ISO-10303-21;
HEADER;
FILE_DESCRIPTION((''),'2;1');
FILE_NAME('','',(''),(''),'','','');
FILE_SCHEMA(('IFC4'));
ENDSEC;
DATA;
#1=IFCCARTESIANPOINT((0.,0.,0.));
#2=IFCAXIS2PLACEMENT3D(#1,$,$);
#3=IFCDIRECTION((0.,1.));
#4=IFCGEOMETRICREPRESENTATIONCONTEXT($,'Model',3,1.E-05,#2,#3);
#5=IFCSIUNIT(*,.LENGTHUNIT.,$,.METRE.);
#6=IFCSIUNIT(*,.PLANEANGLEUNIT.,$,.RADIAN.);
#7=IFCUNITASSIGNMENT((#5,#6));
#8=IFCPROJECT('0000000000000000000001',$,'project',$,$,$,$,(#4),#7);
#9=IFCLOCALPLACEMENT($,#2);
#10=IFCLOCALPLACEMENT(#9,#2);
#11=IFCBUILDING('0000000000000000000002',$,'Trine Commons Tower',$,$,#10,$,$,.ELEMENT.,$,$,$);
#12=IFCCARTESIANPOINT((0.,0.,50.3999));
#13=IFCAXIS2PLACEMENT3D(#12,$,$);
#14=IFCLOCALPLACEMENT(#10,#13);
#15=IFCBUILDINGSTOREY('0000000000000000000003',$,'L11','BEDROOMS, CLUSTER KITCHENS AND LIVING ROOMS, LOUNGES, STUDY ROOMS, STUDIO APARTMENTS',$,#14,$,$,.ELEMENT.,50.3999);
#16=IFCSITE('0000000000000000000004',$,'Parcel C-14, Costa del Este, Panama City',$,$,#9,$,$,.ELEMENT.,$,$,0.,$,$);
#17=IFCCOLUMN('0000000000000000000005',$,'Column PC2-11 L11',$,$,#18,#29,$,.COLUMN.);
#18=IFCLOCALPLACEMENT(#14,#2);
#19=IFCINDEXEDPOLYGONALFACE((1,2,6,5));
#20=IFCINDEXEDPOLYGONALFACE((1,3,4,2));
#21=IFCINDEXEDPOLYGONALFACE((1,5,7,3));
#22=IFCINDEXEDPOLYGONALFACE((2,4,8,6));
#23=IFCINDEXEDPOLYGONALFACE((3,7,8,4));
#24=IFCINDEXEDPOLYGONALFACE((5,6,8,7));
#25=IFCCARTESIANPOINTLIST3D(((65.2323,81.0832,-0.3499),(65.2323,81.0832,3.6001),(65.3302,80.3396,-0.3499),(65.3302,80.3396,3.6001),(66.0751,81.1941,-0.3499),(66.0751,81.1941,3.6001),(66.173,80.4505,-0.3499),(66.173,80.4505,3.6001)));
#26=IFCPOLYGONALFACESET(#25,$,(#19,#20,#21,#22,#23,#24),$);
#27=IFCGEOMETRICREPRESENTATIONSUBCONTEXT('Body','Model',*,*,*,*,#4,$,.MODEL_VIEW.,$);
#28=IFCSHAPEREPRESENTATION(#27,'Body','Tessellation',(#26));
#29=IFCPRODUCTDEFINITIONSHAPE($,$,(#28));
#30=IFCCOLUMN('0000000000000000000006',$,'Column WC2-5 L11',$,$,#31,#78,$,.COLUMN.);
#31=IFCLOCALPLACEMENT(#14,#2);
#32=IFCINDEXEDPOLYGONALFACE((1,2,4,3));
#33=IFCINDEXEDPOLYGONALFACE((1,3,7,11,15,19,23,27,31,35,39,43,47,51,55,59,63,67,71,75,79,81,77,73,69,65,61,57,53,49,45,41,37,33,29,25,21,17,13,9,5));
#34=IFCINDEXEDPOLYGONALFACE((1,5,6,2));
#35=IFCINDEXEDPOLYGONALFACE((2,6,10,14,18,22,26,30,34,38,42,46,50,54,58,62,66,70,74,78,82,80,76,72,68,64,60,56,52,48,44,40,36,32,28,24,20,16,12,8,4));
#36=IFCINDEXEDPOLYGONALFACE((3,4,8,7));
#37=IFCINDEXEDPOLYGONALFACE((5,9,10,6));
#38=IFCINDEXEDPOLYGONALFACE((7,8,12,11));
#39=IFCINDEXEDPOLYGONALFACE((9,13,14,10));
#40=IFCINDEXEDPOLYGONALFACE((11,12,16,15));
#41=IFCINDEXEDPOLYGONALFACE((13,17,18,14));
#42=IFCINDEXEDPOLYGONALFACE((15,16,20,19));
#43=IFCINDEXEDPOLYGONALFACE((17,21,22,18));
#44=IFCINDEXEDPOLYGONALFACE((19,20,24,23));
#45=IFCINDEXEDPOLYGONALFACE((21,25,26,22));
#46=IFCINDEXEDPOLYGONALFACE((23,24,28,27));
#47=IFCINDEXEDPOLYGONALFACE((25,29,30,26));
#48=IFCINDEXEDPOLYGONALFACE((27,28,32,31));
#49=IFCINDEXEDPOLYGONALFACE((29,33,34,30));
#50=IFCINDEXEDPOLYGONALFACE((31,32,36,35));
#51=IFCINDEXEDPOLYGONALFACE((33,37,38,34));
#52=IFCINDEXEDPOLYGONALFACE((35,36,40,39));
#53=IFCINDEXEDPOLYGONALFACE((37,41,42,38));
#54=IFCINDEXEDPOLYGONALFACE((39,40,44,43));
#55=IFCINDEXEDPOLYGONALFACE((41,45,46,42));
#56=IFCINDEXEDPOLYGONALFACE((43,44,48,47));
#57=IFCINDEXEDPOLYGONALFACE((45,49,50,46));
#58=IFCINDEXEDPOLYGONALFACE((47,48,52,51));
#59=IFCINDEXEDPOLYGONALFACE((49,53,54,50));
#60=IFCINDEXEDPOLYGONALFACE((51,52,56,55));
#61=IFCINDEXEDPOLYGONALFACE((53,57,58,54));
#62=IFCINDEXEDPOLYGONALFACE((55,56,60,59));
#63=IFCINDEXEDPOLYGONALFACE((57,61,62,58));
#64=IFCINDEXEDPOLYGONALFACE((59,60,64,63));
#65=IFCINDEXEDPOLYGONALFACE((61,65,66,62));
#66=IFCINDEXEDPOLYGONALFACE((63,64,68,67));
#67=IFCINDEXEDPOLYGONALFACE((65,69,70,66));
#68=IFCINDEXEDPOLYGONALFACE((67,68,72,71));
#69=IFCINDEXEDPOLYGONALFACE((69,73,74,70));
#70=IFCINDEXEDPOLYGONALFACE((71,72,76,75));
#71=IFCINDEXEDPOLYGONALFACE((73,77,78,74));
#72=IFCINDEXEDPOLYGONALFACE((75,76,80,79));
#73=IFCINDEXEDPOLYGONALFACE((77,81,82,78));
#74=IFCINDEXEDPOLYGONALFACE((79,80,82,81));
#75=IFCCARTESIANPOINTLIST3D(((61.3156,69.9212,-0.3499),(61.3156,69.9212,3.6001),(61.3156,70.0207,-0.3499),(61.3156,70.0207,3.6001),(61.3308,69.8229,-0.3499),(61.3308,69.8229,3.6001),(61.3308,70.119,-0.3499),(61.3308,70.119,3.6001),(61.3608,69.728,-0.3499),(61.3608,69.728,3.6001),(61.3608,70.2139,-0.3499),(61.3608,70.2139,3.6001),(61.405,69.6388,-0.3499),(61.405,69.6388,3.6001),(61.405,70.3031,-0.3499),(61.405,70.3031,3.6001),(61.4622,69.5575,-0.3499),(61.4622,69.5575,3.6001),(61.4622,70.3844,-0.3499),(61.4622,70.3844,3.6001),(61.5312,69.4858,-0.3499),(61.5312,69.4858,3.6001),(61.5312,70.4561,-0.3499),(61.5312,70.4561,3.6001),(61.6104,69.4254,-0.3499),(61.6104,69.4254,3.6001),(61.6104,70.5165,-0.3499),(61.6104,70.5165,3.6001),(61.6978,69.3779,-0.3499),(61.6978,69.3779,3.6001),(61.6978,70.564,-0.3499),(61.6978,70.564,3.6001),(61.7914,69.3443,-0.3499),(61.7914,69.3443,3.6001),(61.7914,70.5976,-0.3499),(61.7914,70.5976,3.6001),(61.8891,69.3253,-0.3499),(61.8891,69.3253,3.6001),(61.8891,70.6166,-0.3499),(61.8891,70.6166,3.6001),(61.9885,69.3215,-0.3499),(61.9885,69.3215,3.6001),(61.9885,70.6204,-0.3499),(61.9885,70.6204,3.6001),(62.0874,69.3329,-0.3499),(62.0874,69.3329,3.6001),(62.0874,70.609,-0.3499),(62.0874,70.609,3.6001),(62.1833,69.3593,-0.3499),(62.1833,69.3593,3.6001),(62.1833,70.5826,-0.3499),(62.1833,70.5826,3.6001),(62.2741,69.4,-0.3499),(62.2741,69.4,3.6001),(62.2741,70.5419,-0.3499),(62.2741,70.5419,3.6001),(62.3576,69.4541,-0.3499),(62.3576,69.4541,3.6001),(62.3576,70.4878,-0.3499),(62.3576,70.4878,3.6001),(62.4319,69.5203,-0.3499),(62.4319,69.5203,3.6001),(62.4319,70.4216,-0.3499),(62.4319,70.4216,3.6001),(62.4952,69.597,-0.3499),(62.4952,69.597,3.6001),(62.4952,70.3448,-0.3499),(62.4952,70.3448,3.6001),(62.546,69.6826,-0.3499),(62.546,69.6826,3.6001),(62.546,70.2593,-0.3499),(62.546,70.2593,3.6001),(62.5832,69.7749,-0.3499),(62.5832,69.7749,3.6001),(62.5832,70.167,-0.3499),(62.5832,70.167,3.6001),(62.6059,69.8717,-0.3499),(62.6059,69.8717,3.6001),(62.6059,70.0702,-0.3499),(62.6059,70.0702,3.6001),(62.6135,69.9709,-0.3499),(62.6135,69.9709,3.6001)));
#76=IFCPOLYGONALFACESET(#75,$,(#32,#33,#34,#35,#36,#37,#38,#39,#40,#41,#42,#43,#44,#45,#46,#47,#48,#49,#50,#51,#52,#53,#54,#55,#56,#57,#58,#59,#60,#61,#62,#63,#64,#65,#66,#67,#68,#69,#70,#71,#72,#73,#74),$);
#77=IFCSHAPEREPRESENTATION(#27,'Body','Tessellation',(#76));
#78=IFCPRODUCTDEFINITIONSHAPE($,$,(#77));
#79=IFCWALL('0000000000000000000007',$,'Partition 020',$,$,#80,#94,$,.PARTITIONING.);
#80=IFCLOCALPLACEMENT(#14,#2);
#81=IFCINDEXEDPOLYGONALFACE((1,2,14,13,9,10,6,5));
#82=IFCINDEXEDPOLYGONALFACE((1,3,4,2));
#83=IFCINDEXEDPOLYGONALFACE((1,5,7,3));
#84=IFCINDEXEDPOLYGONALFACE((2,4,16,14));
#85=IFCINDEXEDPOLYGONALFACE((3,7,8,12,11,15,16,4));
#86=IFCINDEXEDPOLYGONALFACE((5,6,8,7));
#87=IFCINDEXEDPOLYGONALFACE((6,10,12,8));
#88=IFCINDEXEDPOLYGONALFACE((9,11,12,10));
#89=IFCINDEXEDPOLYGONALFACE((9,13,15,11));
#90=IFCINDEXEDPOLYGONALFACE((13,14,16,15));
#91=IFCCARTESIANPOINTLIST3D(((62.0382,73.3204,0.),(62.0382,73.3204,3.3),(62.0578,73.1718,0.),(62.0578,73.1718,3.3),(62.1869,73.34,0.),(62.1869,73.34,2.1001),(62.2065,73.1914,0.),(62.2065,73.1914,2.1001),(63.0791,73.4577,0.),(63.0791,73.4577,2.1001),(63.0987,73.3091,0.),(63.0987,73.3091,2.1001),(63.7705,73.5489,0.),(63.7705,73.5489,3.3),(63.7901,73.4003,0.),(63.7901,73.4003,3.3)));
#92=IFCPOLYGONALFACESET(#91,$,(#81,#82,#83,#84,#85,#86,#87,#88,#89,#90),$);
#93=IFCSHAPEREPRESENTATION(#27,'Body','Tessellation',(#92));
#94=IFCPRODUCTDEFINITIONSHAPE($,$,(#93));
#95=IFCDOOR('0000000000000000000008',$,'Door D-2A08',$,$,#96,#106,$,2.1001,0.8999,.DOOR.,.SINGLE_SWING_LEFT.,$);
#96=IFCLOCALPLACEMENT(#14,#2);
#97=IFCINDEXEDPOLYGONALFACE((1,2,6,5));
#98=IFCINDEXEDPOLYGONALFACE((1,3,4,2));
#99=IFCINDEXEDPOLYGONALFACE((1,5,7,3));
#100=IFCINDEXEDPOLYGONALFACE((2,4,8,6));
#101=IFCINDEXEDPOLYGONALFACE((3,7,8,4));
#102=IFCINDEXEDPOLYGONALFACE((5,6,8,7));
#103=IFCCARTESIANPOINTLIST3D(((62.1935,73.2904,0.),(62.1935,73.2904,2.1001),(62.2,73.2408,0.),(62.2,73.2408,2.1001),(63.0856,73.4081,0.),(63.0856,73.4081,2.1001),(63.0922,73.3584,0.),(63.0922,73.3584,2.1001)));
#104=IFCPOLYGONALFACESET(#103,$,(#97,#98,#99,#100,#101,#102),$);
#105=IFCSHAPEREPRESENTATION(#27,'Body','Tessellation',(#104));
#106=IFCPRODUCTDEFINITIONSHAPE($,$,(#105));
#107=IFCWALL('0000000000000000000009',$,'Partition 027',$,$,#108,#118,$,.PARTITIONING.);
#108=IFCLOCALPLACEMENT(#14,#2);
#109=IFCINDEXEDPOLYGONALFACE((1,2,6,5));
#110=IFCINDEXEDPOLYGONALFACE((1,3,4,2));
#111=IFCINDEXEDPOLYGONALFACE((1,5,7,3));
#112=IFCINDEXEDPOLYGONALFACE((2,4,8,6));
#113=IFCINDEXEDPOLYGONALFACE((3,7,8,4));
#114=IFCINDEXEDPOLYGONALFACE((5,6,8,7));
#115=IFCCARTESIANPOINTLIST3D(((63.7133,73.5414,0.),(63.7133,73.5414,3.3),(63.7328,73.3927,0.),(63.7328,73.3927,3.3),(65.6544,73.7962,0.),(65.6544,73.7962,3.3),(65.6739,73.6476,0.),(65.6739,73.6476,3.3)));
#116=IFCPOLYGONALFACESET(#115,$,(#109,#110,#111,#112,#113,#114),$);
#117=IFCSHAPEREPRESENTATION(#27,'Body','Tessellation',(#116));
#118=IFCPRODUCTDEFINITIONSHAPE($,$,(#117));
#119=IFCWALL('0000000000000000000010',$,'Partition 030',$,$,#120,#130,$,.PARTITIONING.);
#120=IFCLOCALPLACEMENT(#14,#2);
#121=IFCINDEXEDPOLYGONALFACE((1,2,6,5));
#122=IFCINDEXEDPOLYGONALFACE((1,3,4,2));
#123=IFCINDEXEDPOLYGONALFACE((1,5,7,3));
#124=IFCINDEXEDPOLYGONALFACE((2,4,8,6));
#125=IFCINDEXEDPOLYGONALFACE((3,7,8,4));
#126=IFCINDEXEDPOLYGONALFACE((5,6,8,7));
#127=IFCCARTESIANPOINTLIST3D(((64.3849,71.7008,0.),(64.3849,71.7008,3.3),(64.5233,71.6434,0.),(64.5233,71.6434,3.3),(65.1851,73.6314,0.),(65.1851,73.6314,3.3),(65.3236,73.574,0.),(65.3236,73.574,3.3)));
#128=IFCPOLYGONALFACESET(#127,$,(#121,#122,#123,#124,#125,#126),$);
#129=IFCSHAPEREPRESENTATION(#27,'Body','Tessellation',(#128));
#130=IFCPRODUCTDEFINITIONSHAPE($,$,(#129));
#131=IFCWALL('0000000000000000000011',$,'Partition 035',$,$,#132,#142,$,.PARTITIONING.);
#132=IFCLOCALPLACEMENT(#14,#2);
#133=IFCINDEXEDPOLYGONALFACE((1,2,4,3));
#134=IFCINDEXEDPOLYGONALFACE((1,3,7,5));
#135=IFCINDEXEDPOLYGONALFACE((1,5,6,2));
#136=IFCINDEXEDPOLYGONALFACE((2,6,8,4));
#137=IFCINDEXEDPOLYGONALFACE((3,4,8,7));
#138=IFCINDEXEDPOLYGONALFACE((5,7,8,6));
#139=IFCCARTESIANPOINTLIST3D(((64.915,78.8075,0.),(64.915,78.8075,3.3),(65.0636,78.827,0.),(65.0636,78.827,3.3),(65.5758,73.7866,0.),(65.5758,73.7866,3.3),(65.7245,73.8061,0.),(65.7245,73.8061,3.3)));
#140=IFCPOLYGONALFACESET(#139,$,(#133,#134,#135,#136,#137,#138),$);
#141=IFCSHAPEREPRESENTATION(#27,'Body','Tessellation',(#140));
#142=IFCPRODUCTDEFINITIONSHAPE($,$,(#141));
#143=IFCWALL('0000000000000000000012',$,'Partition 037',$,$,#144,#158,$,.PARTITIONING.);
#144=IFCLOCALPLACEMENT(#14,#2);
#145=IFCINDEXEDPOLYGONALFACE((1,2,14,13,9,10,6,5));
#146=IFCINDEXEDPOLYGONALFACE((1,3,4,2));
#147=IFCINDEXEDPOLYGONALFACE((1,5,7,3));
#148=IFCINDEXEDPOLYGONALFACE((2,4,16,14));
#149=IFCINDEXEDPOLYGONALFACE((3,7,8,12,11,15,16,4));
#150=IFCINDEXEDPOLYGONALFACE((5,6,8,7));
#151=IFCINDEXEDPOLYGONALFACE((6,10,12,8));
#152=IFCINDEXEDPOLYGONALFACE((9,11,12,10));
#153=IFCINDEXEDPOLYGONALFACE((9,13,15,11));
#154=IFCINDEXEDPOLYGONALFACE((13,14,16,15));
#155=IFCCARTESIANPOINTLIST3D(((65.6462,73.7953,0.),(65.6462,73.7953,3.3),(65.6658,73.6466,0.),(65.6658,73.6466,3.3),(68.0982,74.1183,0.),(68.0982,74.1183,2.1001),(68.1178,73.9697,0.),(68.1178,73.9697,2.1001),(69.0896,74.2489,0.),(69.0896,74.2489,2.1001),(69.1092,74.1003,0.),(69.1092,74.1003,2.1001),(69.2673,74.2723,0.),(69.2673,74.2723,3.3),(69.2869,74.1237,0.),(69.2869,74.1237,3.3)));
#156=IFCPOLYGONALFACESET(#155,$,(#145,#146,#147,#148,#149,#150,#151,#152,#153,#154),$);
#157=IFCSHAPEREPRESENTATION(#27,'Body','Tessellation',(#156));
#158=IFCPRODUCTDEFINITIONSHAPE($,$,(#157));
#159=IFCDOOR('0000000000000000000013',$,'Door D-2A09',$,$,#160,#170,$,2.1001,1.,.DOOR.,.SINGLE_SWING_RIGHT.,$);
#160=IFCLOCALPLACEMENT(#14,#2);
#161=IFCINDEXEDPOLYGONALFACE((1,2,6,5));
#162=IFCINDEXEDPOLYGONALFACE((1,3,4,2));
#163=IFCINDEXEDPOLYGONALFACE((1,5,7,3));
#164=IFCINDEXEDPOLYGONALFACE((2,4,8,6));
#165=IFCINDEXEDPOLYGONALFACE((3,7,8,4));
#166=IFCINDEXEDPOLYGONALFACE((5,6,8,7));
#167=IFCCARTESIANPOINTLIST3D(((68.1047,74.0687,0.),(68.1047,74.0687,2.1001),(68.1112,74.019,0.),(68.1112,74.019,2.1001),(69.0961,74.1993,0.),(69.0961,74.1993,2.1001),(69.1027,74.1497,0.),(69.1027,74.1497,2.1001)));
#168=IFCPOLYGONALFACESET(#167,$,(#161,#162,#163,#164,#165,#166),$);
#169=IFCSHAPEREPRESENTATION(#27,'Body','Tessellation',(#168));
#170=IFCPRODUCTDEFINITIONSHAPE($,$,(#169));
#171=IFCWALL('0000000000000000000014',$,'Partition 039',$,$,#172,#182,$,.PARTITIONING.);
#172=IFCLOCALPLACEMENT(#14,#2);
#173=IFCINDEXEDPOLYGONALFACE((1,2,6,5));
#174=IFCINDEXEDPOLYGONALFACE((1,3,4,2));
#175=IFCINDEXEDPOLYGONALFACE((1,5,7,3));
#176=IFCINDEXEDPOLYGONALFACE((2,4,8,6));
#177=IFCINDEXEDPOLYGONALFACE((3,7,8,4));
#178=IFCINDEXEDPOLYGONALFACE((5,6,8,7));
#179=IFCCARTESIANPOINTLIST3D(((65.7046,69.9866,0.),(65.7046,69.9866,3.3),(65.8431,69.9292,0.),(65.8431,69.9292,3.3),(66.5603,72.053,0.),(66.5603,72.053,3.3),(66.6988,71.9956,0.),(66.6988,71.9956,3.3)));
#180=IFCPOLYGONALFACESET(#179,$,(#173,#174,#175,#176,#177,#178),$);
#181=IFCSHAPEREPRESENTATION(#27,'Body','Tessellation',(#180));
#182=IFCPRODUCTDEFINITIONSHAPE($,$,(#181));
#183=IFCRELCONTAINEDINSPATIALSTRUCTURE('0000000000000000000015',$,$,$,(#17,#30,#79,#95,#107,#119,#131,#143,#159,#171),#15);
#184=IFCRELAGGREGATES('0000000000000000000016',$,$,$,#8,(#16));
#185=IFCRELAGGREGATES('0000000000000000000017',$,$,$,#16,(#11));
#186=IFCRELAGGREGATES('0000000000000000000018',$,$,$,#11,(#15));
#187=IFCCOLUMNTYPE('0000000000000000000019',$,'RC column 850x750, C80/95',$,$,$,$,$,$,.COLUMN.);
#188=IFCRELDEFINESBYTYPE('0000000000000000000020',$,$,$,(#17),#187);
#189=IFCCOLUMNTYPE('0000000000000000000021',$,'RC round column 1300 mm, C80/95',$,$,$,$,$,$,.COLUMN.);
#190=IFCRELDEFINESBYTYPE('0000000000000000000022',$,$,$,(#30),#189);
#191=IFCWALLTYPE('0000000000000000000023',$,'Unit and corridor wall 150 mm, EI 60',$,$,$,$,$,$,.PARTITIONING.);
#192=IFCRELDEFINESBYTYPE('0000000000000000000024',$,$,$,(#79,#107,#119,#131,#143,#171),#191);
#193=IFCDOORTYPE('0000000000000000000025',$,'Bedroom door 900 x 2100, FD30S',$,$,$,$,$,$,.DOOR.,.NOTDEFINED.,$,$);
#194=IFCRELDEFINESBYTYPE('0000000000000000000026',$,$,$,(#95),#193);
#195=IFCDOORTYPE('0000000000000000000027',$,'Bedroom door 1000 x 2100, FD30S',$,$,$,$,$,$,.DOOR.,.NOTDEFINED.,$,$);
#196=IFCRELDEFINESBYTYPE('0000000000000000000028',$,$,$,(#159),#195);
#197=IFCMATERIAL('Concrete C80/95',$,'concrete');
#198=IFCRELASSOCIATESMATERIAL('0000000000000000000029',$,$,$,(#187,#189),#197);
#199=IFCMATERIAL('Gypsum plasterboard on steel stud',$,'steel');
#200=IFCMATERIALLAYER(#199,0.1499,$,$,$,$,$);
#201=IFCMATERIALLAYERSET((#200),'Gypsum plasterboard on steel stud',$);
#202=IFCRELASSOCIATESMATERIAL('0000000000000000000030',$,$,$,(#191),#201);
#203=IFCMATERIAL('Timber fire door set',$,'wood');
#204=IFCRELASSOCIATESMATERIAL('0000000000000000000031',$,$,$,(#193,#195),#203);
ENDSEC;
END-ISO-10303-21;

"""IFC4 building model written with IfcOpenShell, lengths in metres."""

from ifc_helpers import new_model, si_unit, direction, frame, frame_2d, origin, origin_2d, place, context, subcontext, project, spatial, rectangle, circle, extrude, material, layer, layer_set, material_profile, profile_set, type_object, element, fill, save


model = new_model("IFC4")

# Units and contexts
model_context = context("Model", 3, precision=1e-05, world=origin(), true_north=direction((0.0, 1.0)))
body_context = subcontext(model_context, "Body", "Model", "MODEL_VIEW")
ifc_project = project(units=[si_unit("LENGTHUNIT", "METRE"), si_unit("PLANEANGLEUNIT", "RADIAN")], contexts=[model_context])

# Site, building, storey
site_placement = place(None, origin())
site = spatial("IfcSite", under=ifc_project, at=site_placement, Name="Parcel C-14, Costa del Este, Panama City", CompositionType="ELEMENT", RefElevation=0.0)
building_placement = place(site_placement, origin())
building = spatial("IfcBuilding", under=site, at=building_placement, Name="Trine Commons Tower", CompositionType="ELEMENT")
storey_placement = place(building_placement, frame((0.0, 0.0, 50.3999)))
storey = spatial("IfcBuildingStorey", under=building, at=storey_placement, Name="L11", Description="BEDROOMS, CLUSTER KITCHENS AND LIVING ROOMS, LOUNGES, STUDY ROOMS, STUDIO APARTMENTS", CompositionType="ELEMENT", Elevation=50.3999)

# Columns
ifc_material_1 = material(Name="Concrete C80/95", Category="concrete")
ifc_material_profile_1 = material_profile(ifc_material_1, rectangle(XDim=0.8501, YDim=0.75, at=origin_2d()), Name="RC 850x750")
ifc_profile_set_1 = profile_set([ifc_material_profile_1], Name="Concrete C80/95")
column_type_1 = type_object("IfcColumnType", Name="RC column 850x750, C80/95", PredefinedType="COLUMN", material=ifc_profile_set_1)
column_1_placement = place(storey_placement, frame((65.7026, 80.7668, -0.3499), z_axis=(0.0, 0.0, 1.0), x_axis=(0.991445, 0.130526, 0.0)))
element("IfcColumn", 1, at=column_1_placement, inside=storey, type_object=column_type_1, Name="Column PC2-11 L11", PredefinedType="COLUMN", context=body_context, shape_type="SweptSolid", body=[
    extrude(rectangle(XDim=0.8501, YDim=0.75, at=origin_2d()), origin(), (0.0, 0.0, 1.0), 3.95),
])
ifc_material_profile_2 = material_profile(ifc_material_1, circle(Radius=0.6499, at=origin_2d()), Name="RC round 1300")
ifc_profile_set_2 = profile_set([ifc_material_profile_2], Name="Concrete C80/95")
column_type_2 = type_object("IfcColumnType", Name="RC round column 1300 mm, C80/95", PredefinedType="COLUMN", material=ifc_profile_set_2)
column_2_placement = place(storey_placement, frame((61.9636, 69.9709, -0.3499), z_axis=(0.0, 0.0, 1.0), x_axis=(1.0, 0.0, 0.0)))
element("IfcColumn", 2, at=column_2_placement, inside=storey, type_object=column_type_2, Name="Column WC2-5 L11", PredefinedType="COLUMN", context=body_context, shape_type="SweptSolid", body=[
    extrude(circle(Radius=0.6499, at=origin_2d()), origin(), (0.0, 0.0, 1.0), 3.95),
])

# Wall, opening, door
ifc_material_2 = material(Name="Gypsum plasterboard on steel stud", Category="steel")
ifc_layer_1 = layer(ifc_material_2, 0.1499)
ifc_layer_set_1 = layer_set([ifc_layer_1], Name="Gypsum plasterboard on steel stud")
wall_type_1 = type_object("IfcWallType", Name="Unit and corridor wall 150 mm, EI 60", PredefinedType="PARTITIONING", material=ifc_layer_set_1)
wall_1_placement = place(storey_placement, frame((62.0481, 73.2461, 0.0), z_axis=(0.0, 0.0, 1.0), x_axis=(0.991412, 0.130773, 0.0)))
wall_1 = element("IfcWall", 3, at=wall_1_placement, inside=storey, type_object=wall_type_1, Name="Partition 020", PredefinedType="PARTITIONING", context=body_context, shape_type="SweptSolid", body=[
    extrude(rectangle(XDim=1.7473, YDim=0.1499, at=frame_2d((0.8735, 0.0))), origin(), (0.0, 0.0, 1.0), 3.3),
])
opening_1_placement = place(wall_1_placement, frame((0.1499, 0.0, 0.0)))
opening_1 = element("IfcOpeningElement", 4, at=opening_1_placement, cuts=wall_1, PredefinedType="OPENING", context=body_context, shape_type="SweptSolid", body=[
    extrude(rectangle(XDim=0.8999, YDim=2.1001, at=frame_2d((0.45, 1.05))), frame((0.0, 0.085, 0.0), z_axis=(0.0, -1.0, 0.0), x_axis=(1.0, 0.0, 0.0)), (0.0, 0.0, 1.0), 0.1699),
])
ifc_material_3 = material(Name="Timber fire door set", Category="wood")
door_type_1 = type_object("IfcDoorType", Name="Bedroom door 900 x 2100, FD30S", OperationType="NOTDEFINED", PredefinedType="DOOR", material=ifc_material_3)
door_1_placement = place(opening_1_placement, origin())
door_1 = element("IfcDoor", 5, at=door_1_placement, inside=storey, type_object=door_type_1, Name="Door D-2A08", OperationType="SINGLE_SWING_LEFT", OverallHeight=2.1001, OverallWidth=0.8999, PredefinedType="DOOR", context=body_context, shape_type="SweptSolid", body=[
    extrude(rectangle(XDim=0.8999, YDim=2.1001, at=frame_2d((0.45, 1.05))), frame((0.0, 0.0249, 0.0), z_axis=(0.0, -1.0, 0.0), x_axis=(1.0, 0.0, 0.0)), (0.0, 0.0, 1.0), 0.05),
])
fill(opening_1, door_1)

# Walls
wall_2_placement = place(storey_placement, frame((63.7229, 73.467, 0.0), z_axis=(0.0, 0.0, 1.0), x_axis=(0.991489, 0.130187, 0.0)))
element("IfcWall", 6, at=wall_2_placement, inside=storey, type_object=wall_type_1, Name="Partition 027", PredefinedType="PARTITIONING", context=body_context, shape_type="SweptSolid", body=[
    extrude(rectangle(XDim=1.9578, YDim=0.1499, at=frame_2d((0.979, 0.0))), origin(), (0.0, 0.0, 1.0), 3.3),
])
wall_3_placement = place(storey_placement, frame((64.4541, 71.6721, 0.0), z_axis=(0.0, 0.0, 1.0), x_axis=(0.382923, 0.92378, 0.0)))
element("IfcWall", 7, at=wall_3_placement, inside=storey, type_object=wall_type_1, Name="Partition 030", PredefinedType="PARTITIONING", context=body_context, shape_type="SweptSolid", body=[
    extrude(rectangle(XDim=2.0898, YDim=0.1499, at=frame_2d((1.0449, 0.0))), origin(), (0.0, 0.0, 1.0), 3.3),
])
wall_4_placement = place(storey_placement, frame((64.9893, 78.8174, 0.0), z_axis=(0.0, 0.0, 1.0), x_axis=(0.130499, -0.991448, 0.0)))
element("IfcWall", 8, at=wall_4_placement, inside=storey, type_object=wall_type_1, Name="Partition 035", PredefinedType="PARTITIONING", context=body_context, shape_type="SweptSolid", body=[
    extrude(rectangle(XDim=5.0642, YDim=0.1499, at=frame_2d((2.5322, 0.0))), origin(), (0.0, 0.0, 1.0), 3.3),
])

# Wall, opening, door
wall_5_placement = place(storey_placement, frame((65.656, 73.7209, 0.0), z_axis=(0.0, 0.0, 1.0), x_axis=(0.991433, 0.130614, 0.0)))
wall_5 = element("IfcWall", 9, at=wall_5_placement, inside=storey, type_object=wall_type_1, Name="Partition 037", PredefinedType="PARTITIONING", context=body_context, shape_type="SweptSolid", body=[
    extrude(rectangle(XDim=3.6523, YDim=0.1499, at=frame_2d((1.8262, 0.0))), origin(), (0.0, 0.0, 1.0), 3.3),
])
opening_2_placement = place(wall_5_placement, frame((2.4731, 0.0, 0.0)))
opening_2 = element("IfcOpeningElement", 10, at=opening_2_placement, cuts=wall_5, PredefinedType="OPENING", context=body_context, shape_type="SweptSolid", body=[
    extrude(rectangle(XDim=1.0, YDim=2.1001, at=frame_2d((0.5, 1.05))), frame((0.0, 0.085, 0.0), z_axis=(0.0, -1.0, 0.0), x_axis=(1.0, 0.0, 0.0)), (0.0, 0.0, 1.0), 0.1699),
])
door_type_2 = type_object("IfcDoorType", Name="Bedroom door 1000 x 2100, FD30S", OperationType="NOTDEFINED", PredefinedType="DOOR", material=ifc_material_3)
door_2_placement = place(opening_2_placement, origin())
door_2 = element("IfcDoor", 11, at=door_2_placement, inside=storey, type_object=door_type_2, Name="Door D-2A09", OperationType="SINGLE_SWING_RIGHT", OverallHeight=2.1001, OverallWidth=1.0, PredefinedType="DOOR", context=body_context, shape_type="SweptSolid", body=[
    extrude(rectangle(XDim=1.0, YDim=2.1001, at=frame_2d((0.5, 1.05))), frame((0.0, 0.0249, 0.0), z_axis=(0.0, -1.0, 0.0), x_axis=(1.0, 0.0, 0.0)), (0.0, 0.0, 1.0), 0.05),
])
fill(opening_2, door_2)

# Wall
wall_6_placement = place(storey_placement, frame((65.7739, 69.958, 0.0), z_axis=(0.0, 0.0, 1.0), x_axis=(0.382599, 0.923914, 0.0)))
element("IfcWall", 12, at=wall_6_placement, inside=storey, type_object=wall_type_1, Name="Partition 039", PredefinedType="PARTITIONING", context=body_context, shape_type="SweptSolid", body=[
    extrude(rectangle(XDim=2.2366, YDim=0.1499, at=frame_2d((1.1182, 0.0))), origin(), (0.0, 0.0, 1.0), 3.3),
])

save(model, "model.ifc")
